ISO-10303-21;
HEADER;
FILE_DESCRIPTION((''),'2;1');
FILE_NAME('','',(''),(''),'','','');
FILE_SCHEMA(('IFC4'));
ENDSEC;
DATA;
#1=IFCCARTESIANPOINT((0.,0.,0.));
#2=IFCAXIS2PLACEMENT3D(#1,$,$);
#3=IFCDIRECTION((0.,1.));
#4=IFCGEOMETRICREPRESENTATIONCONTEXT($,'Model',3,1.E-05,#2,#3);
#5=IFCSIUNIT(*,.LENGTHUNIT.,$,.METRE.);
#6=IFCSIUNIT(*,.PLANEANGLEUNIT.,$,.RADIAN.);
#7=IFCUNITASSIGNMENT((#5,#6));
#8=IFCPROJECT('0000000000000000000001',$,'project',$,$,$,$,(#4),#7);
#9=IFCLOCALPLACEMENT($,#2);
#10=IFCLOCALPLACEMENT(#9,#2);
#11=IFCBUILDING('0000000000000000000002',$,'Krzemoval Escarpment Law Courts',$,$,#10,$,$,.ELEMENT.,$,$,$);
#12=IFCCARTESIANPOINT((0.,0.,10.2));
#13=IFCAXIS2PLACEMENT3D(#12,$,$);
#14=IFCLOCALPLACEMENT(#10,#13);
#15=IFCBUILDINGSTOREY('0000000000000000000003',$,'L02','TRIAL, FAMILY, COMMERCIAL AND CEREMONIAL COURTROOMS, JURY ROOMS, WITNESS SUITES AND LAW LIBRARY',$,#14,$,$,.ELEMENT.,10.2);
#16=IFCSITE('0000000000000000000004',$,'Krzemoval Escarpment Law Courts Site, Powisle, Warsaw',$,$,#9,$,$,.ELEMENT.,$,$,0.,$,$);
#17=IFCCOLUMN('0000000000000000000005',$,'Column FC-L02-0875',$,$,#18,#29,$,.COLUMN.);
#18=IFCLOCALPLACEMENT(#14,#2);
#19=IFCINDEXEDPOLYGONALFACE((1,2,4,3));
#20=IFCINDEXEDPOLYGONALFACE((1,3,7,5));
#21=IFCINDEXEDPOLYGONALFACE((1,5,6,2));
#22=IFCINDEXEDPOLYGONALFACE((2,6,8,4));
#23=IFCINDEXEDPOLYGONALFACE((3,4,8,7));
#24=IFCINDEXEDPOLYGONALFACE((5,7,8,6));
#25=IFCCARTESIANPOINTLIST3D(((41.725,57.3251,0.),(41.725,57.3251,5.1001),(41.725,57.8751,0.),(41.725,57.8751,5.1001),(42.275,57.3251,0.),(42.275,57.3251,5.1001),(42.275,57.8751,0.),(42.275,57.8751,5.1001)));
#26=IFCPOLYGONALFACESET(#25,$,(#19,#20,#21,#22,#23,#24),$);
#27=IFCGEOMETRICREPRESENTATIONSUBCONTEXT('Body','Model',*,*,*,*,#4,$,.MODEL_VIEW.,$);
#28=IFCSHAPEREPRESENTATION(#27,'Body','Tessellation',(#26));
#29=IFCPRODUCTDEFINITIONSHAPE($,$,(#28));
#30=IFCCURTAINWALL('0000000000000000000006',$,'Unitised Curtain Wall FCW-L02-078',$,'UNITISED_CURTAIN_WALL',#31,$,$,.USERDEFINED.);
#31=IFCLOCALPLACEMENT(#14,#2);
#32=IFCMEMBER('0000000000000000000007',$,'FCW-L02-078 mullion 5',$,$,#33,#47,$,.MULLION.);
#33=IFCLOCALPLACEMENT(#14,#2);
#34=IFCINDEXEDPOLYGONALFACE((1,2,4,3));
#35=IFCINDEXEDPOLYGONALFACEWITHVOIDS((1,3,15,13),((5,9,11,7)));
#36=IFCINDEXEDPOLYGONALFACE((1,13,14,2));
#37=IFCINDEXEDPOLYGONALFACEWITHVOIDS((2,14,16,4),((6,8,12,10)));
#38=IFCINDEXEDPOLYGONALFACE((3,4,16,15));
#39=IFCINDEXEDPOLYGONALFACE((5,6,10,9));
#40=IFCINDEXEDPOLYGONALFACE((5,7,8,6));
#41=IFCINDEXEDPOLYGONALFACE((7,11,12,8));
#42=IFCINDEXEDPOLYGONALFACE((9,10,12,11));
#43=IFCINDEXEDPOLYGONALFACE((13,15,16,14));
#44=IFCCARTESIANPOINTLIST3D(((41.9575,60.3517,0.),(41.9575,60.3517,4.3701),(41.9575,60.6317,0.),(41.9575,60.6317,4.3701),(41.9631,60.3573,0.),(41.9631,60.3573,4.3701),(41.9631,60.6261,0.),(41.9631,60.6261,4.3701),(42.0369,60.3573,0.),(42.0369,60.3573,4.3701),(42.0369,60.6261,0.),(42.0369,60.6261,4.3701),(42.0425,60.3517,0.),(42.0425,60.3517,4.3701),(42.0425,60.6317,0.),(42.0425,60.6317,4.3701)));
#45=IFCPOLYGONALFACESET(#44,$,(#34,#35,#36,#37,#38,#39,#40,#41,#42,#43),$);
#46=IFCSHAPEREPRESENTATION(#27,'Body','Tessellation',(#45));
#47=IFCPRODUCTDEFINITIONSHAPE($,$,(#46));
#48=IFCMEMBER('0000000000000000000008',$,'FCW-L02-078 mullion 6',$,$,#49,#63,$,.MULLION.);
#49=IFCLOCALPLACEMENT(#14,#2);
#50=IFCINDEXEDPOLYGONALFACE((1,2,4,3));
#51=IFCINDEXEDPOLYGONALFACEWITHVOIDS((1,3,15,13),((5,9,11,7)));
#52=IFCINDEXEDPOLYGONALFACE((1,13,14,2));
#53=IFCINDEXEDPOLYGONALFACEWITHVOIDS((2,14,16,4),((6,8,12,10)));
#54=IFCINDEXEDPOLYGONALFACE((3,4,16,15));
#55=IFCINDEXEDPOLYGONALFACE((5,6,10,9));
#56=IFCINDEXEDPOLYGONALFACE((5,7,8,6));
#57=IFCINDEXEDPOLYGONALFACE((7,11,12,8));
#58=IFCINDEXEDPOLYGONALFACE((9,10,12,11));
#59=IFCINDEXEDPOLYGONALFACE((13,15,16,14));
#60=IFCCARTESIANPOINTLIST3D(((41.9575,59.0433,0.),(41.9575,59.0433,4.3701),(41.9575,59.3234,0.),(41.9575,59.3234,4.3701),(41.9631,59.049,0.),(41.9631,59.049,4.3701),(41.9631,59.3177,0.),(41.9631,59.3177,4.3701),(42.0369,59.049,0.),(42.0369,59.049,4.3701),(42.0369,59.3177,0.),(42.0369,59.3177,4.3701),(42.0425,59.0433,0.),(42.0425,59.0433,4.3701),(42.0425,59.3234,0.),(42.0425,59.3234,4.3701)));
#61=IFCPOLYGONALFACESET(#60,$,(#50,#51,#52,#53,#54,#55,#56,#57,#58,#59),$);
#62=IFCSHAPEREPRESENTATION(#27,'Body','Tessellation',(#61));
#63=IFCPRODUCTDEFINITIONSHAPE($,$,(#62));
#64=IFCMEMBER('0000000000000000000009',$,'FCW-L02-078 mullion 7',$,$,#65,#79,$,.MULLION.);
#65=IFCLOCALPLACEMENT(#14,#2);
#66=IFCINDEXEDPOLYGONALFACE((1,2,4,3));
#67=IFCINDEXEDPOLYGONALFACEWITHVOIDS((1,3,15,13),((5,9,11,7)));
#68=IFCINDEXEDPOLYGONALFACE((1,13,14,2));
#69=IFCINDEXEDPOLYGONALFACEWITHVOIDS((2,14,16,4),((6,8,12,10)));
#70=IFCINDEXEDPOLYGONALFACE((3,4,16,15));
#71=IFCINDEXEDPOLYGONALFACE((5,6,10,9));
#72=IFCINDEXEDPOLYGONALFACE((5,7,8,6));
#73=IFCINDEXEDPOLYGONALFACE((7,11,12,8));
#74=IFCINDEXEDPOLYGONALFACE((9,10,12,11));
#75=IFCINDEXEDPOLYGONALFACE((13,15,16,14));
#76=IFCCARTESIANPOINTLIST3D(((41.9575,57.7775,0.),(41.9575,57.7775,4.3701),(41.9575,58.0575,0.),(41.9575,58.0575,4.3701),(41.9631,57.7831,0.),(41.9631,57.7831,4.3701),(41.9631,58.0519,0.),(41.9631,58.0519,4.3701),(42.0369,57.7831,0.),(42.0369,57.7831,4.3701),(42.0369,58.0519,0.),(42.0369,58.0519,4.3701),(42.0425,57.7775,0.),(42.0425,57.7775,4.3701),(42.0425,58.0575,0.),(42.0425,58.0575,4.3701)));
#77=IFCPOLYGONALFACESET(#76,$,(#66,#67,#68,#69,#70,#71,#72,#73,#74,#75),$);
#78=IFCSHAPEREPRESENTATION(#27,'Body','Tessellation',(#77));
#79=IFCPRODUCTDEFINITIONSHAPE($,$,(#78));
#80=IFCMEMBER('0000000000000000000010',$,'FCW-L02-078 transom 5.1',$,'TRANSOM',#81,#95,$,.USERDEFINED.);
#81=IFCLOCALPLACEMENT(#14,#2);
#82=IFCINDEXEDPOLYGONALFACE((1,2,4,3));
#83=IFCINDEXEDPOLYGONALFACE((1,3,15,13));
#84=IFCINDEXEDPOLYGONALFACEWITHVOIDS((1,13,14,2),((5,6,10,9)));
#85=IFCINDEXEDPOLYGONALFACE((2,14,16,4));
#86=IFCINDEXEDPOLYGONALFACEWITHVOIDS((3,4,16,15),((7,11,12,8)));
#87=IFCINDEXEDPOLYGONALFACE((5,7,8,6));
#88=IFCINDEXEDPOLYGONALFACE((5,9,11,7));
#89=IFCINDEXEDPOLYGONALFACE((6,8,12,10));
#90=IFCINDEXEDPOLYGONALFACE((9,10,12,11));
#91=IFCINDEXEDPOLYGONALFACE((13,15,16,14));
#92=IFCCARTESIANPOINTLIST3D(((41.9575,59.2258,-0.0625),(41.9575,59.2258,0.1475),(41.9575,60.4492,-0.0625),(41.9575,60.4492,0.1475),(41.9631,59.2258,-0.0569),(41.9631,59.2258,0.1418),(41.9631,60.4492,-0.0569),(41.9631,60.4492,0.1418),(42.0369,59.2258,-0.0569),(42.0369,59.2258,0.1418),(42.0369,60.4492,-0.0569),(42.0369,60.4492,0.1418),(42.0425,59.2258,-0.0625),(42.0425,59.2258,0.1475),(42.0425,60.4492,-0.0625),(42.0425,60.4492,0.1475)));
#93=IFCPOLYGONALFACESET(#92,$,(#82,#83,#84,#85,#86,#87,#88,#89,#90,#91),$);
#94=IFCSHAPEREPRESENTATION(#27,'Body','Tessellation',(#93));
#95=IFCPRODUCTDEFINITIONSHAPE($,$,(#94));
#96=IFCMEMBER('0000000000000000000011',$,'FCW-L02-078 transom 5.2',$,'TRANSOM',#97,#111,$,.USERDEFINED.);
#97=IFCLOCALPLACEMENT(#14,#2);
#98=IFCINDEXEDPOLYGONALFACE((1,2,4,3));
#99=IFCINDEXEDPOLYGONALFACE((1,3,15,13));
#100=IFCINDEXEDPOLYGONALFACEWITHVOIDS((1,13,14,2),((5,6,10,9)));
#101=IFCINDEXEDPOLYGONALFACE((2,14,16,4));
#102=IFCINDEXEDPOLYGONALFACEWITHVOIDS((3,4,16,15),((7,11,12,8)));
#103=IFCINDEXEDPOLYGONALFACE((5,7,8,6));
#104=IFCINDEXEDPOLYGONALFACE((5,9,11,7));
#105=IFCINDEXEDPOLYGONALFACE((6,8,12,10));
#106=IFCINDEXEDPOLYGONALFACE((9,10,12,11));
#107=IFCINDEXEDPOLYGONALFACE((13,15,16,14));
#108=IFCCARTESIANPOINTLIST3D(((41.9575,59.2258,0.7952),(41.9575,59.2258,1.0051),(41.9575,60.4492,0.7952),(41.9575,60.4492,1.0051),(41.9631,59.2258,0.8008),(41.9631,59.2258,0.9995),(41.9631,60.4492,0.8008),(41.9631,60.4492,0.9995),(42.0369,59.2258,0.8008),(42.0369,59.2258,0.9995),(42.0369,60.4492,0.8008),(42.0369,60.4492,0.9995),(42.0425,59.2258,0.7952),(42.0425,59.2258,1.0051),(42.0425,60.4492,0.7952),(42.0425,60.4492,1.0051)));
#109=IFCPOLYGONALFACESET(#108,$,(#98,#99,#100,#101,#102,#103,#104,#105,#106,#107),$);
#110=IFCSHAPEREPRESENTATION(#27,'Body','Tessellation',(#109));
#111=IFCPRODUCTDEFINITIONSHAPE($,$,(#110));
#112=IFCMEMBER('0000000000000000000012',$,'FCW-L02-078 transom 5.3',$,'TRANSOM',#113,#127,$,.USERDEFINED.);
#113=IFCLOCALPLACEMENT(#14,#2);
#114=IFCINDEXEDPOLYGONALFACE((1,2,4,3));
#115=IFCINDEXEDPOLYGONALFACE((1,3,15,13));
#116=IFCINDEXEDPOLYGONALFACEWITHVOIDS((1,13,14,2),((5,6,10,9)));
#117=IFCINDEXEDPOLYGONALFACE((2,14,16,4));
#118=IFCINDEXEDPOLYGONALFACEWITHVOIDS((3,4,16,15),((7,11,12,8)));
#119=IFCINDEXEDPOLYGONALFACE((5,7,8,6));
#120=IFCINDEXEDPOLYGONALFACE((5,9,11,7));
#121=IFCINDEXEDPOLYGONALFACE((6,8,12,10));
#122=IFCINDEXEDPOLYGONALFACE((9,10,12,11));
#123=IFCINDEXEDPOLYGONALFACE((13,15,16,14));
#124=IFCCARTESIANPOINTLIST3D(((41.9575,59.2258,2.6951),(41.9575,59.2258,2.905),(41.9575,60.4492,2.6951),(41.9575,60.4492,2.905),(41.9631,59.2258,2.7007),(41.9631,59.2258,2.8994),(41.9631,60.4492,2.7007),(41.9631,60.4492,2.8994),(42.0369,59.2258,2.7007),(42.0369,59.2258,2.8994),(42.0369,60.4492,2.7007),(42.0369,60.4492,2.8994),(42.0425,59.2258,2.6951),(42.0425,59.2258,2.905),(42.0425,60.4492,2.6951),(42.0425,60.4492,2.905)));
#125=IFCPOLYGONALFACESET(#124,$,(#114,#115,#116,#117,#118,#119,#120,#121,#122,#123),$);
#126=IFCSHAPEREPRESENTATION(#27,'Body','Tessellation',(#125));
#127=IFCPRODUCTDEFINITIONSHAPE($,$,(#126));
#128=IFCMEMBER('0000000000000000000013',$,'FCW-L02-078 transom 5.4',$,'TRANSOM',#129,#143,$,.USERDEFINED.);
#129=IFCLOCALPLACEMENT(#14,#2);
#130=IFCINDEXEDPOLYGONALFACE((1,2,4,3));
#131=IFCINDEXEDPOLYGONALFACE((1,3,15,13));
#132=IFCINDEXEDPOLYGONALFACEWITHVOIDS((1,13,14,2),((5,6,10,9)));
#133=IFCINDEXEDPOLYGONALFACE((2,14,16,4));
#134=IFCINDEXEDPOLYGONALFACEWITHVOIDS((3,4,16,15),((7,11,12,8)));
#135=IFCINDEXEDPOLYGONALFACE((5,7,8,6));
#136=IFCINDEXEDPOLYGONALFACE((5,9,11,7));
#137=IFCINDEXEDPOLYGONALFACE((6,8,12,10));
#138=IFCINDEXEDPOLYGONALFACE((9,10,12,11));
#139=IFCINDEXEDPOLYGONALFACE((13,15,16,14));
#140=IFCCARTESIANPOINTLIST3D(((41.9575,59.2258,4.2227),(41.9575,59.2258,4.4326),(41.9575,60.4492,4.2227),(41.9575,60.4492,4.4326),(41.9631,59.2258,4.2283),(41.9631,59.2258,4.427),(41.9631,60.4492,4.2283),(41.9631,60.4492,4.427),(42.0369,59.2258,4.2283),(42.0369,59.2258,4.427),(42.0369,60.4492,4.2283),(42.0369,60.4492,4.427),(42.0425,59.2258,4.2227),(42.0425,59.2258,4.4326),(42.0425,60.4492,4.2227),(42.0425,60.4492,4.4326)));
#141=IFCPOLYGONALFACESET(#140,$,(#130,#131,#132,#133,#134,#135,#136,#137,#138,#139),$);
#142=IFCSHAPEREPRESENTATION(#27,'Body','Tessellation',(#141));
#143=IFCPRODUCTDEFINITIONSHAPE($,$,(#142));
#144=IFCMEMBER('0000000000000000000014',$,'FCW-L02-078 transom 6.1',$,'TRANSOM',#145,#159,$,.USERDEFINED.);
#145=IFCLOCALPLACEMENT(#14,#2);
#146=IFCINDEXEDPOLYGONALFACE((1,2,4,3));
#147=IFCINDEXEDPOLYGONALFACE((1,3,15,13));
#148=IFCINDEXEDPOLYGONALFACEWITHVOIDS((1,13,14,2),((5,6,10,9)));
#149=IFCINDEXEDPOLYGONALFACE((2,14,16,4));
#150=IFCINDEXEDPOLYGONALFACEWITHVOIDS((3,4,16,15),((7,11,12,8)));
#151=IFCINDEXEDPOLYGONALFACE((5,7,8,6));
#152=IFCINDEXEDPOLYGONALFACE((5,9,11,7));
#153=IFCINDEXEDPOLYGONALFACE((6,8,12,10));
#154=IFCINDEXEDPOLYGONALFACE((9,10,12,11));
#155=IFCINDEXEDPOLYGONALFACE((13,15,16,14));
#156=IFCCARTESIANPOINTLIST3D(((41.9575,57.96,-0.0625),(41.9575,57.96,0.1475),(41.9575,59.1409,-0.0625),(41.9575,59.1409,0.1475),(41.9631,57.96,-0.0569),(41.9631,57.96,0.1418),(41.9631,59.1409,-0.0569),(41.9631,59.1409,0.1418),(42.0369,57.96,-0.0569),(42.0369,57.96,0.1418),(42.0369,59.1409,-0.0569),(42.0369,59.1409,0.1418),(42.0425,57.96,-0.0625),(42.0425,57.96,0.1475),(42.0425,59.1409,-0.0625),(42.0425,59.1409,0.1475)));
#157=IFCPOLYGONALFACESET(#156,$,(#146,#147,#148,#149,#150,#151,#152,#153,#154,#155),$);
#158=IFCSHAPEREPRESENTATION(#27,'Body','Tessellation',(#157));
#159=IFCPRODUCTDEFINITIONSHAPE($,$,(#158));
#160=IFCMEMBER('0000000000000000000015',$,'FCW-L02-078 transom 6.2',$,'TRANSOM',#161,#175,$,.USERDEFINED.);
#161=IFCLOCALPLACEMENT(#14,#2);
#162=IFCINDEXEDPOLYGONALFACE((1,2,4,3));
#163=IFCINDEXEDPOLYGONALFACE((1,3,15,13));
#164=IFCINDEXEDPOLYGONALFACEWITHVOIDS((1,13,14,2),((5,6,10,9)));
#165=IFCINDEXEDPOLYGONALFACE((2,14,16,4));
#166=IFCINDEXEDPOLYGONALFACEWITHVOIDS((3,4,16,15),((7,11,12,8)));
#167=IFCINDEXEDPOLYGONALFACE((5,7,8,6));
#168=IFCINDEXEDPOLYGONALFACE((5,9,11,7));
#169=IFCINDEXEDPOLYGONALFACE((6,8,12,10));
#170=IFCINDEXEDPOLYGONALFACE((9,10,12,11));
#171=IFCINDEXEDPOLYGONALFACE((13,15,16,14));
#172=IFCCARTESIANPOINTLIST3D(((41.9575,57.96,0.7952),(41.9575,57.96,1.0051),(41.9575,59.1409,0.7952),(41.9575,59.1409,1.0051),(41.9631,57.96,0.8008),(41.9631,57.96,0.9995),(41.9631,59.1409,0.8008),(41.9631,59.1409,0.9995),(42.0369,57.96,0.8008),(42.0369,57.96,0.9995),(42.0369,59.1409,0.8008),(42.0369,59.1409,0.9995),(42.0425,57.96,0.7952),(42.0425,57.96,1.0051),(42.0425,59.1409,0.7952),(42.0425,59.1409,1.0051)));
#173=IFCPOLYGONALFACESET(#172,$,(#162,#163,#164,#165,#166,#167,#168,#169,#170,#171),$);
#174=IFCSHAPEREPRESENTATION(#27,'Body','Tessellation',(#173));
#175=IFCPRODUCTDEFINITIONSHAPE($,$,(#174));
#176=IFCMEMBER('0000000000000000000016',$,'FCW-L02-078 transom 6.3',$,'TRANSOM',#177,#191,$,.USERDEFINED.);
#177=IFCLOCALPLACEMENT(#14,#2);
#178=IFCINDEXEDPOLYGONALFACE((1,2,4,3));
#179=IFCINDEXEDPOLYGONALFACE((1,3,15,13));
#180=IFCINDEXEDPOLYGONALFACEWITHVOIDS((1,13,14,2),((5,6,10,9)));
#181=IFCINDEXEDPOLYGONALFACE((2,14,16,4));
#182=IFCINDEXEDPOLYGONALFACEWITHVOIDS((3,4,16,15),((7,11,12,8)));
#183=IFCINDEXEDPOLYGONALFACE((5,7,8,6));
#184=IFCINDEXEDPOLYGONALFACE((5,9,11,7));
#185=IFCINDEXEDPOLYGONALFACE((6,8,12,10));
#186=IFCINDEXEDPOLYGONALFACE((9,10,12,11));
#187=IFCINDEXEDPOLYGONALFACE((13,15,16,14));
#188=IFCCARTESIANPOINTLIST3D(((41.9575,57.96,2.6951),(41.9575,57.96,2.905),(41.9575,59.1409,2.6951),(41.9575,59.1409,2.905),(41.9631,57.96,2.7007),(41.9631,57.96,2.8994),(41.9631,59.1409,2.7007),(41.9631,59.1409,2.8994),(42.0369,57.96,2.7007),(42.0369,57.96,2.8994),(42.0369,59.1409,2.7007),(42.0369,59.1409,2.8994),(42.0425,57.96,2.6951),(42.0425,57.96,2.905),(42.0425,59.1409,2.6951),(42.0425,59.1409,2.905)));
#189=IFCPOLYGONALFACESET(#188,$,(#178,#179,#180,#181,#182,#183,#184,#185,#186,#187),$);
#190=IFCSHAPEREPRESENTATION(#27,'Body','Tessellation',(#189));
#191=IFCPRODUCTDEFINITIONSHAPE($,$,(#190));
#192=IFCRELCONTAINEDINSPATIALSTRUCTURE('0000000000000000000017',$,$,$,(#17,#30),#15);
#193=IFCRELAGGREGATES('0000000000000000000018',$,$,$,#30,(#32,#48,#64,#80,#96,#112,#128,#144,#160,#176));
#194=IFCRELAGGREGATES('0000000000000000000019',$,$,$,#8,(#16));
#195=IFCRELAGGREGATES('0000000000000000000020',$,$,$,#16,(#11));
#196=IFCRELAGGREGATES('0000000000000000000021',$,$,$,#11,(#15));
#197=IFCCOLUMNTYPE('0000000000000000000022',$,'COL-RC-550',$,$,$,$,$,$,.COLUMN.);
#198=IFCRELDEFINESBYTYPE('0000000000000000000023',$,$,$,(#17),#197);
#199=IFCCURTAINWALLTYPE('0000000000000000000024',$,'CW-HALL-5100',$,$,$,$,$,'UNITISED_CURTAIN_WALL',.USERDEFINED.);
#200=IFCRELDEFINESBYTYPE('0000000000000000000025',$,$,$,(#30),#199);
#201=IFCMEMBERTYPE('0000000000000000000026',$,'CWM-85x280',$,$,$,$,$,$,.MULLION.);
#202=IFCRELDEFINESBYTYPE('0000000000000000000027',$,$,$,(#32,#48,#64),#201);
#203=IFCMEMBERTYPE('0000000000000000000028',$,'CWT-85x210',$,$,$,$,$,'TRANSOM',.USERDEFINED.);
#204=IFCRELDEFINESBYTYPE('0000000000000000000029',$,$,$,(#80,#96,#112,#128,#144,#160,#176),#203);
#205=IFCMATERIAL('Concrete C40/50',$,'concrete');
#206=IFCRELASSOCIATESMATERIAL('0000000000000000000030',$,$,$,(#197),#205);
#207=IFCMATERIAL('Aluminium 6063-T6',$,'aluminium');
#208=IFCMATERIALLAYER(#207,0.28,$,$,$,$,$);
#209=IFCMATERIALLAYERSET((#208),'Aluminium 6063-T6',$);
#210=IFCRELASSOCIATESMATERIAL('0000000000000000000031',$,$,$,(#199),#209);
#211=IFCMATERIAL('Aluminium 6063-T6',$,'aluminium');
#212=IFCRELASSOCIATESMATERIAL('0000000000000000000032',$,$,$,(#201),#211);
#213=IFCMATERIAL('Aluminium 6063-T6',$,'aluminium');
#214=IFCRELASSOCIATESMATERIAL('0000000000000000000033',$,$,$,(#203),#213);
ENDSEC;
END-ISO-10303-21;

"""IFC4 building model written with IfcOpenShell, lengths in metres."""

from ifc_helpers import new_model, si_unit, direction, frame, origin, origin_2d, place, context, subcontext, project, spatial, rectangle, hollow_rectangle, extrude, material, layer, layer_set, material_profile, profile_set, type_object, element, aggregate, save


model = new_model("IFC4")

# Units and contexts
model_context = context("Model", 3, precision=1e-05, world=origin(), true_north=direction((0.0, 1.0)))
body_context = subcontext(model_context, "Body", "Model", "MODEL_VIEW")
ifc_project = project(units=[si_unit("LENGTHUNIT", "METRE"), si_unit("PLANEANGLEUNIT", "RADIAN")], contexts=[model_context])

# Site, building, storey
site_placement = place(None, origin())
site = spatial("IfcSite", under=ifc_project, at=site_placement, Name="Krzemoval Escarpment Law Courts Site, Powisle, Warsaw", CompositionType="ELEMENT", RefElevation=0.0)
building_placement = place(site_placement, origin())
building = spatial("IfcBuilding", under=site, at=building_placement, Name="Krzemoval Escarpment Law Courts", CompositionType="ELEMENT")
storey_placement = place(building_placement, frame((0.0, 0.0, 10.2)))
storey = spatial("IfcBuildingStorey", under=building, at=storey_placement, Name="L02", Description="TRIAL, FAMILY, COMMERCIAL AND CEREMONIAL COURTROOMS, JURY ROOMS, WITNESS SUITES AND LAW LIBRARY", CompositionType="ELEMENT", Elevation=10.2)

# Column
ifc_material_1 = material(Name="Concrete C40/50", Category="concrete")
ifc_material_profile_1 = material_profile(ifc_material_1, rectangle(XDim=0.55, YDim=0.55, at=origin_2d()), Name="RC 550x550")
ifc_profile_set_1 = profile_set([ifc_material_profile_1], Name="Concrete C40/50")
column_type = type_object("IfcColumnType", Name="COL-RC-550", PredefinedType="COLUMN", material=ifc_profile_set_1)
column_placement = place(storey_placement, frame((42.0, 57.6001, 0.0), z_axis=(0.0, 0.0, 1.0), x_axis=(1.0, 0.0, 0.0)))
element("IfcColumn", 1, at=column_placement, inside=storey, type_object=column_type, Name="Column FC-L02-0875", PredefinedType="COLUMN", context=body_context, shape_type="SweptSolid", body=[
    extrude(rectangle(XDim=0.55, YDim=0.55, at=origin_2d()), origin(), (0.0, 0.0, 1.0), 5.1001),
])

# Curtain wall, members
ifc_material_2 = material(Name="Aluminium 6063-T6", Category="aluminium")
ifc_layer_1 = layer(ifc_material_2, 0.28)
ifc_layer_set_1 = layer_set([ifc_layer_1], Name="Aluminium 6063-T6")
curtain_wall_type = type_object("IfcCurtainWallType", Name="CW-HALL-5100", ElementType="UNITISED_CURTAIN_WALL", PredefinedType="USERDEFINED", material=ifc_layer_set_1)
curtain_wall_placement = place(storey_placement, origin())
curtain_wall = element("IfcCurtainWall", 2, at=curtain_wall_placement, inside=storey, type_object=curtain_wall_type, Name="Unitised Curtain Wall FCW-L02-078", ObjectType="UNITISED_CURTAIN_WALL", PredefinedType="USERDEFINED")
ifc_material_3 = material(Name="Aluminium 6063-T6", Category="aluminium")
ifc_material_profile_2 = material_profile(ifc_material_3, hollow_rectangle(XDim=0.085, YDim=0.28, WallThickness=0.0056, at=origin_2d()), Name="ALU M85x280")
ifc_profile_set_2 = profile_set([ifc_material_profile_2], Name="Aluminium 6063-T6")
member_type_1 = type_object("IfcMemberType", Name="CWM-85x280", PredefinedType="MULLION", material=ifc_profile_set_2)
member_1_placement = place(storey_placement, frame((42.0, 60.4917, 0.0), z_axis=(0.0, 0.0, 1.0), x_axis=(1.0, 0.0, 0.0)))
member_1 = element("IfcMember", 3, at=member_1_placement, type_object=member_type_1, Name="FCW-L02-078 mullion 5", PredefinedType="MULLION", context=body_context, shape_type="SweptSolid", body=[
    extrude(hollow_rectangle(XDim=0.085, YDim=0.28, WallThickness=0.0056, at=origin_2d()), origin(), (0.0, 0.0, 1.0), 4.3701),
])
member_2_placement = place(storey_placement, frame((42.0, 59.1833, 0.0), z_axis=(0.0, 0.0, 1.0), x_axis=(1.0, 0.0, 0.0)))
member_2 = element("IfcMember", 4, at=member_2_placement, type_object=member_type_1, Name="FCW-L02-078 mullion 6", PredefinedType="MULLION", context=body_context, shape_type="SweptSolid", body=[
    extrude(hollow_rectangle(XDim=0.085, YDim=0.28, WallThickness=0.0056, at=origin_2d()), origin(), (0.0, 0.0, 1.0), 4.3701),
])
member_3_placement = place(storey_placement, frame((42.0, 57.9175, 0.0), z_axis=(0.0, 0.0, 1.0), x_axis=(1.0, 0.0, 0.0)))
member_3 = element("IfcMember", 5, at=member_3_placement, type_object=member_type_1, Name="FCW-L02-078 mullion 7", PredefinedType="MULLION", context=body_context, shape_type="SweptSolid", body=[
    extrude(hollow_rectangle(XDim=0.085, YDim=0.28, WallThickness=0.0056, at=origin_2d()), origin(), (0.0, 0.0, 1.0), 4.3701),
])
ifc_material_4 = material(Name="Aluminium 6063-T6", Category="aluminium")
ifc_material_profile_3 = material_profile(ifc_material_4, hollow_rectangle(XDim=0.085, YDim=0.21, WallThickness=0.0056, at=origin_2d()), Name="ALU T85x210")
ifc_profile_set_3 = profile_set([ifc_material_profile_3], Name="Aluminium 6063-T6")
member_type_2 = type_object("IfcMemberType", Name="CWT-85x210", ElementType="TRANSOM", PredefinedType="USERDEFINED", material=ifc_profile_set_3)
member_4_placement = place(storey_placement, frame((42.0, 60.4492, 0.0425), z_axis=(0.0, -1.0, 0.0), x_axis=(1.0, 0.0, 0.0)))
member_4 = element("IfcMember", 6, at=member_4_placement, type_object=member_type_2, Name="FCW-L02-078 transom 5.1", ObjectType="TRANSOM", PredefinedType="USERDEFINED", context=body_context, shape_type="SweptSolid", body=[
    extrude(hollow_rectangle(XDim=0.085, YDim=0.21, WallThickness=0.0056, at=origin_2d()), origin(), (0.0, 0.0, 1.0), 1.2234),
])
member_5_placement = place(storey_placement, frame((42.0, 60.4492, 0.9001), z_axis=(0.0, -1.0, 0.0), x_axis=(1.0, 0.0, 0.0)))
member_5 = element("IfcMember", 7, at=member_5_placement, type_object=member_type_2, Name="FCW-L02-078 transom 5.2", ObjectType="TRANSOM", PredefinedType="USERDEFINED", context=body_context, shape_type="SweptSolid", body=[
    extrude(hollow_rectangle(XDim=0.085, YDim=0.21, WallThickness=0.0056, at=origin_2d()), origin(), (0.0, 0.0, 1.0), 1.2234),
])
member_6_placement = place(storey_placement, frame((42.0, 60.4492, 2.8), z_axis=(0.0, -1.0, 0.0), x_axis=(1.0, 0.0, 0.0)))
member_6 = element("IfcMember", 8, at=member_6_placement, type_object=member_type_2, Name="FCW-L02-078 transom 5.3", ObjectType="TRANSOM", PredefinedType="USERDEFINED", context=body_context, shape_type="SweptSolid", body=[
    extrude(hollow_rectangle(XDim=0.085, YDim=0.21, WallThickness=0.0056, at=origin_2d()), origin(), (0.0, 0.0, 1.0), 1.2234),
])
member_7_placement = place(storey_placement, frame((42.0, 60.4492, 4.3276), z_axis=(0.0, -1.0, 0.0), x_axis=(1.0, 0.0, 0.0)))
member_7 = element("IfcMember", 9, at=member_7_placement, type_object=member_type_2, Name="FCW-L02-078 transom 5.4", ObjectType="TRANSOM", PredefinedType="USERDEFINED", context=body_context, shape_type="SweptSolid", body=[
    extrude(hollow_rectangle(XDim=0.085, YDim=0.21, WallThickness=0.0056, at=origin_2d()), origin(), (0.0, 0.0, 1.0), 1.2234),
])
member_8_placement = place(storey_placement, frame((42.0, 59.1409, 0.0425), z_axis=(0.0, -1.0, 0.0), x_axis=(1.0, 0.0, 0.0)))
member_8 = element("IfcMember", 10, at=member_8_placement, type_object=member_type_2, Name="FCW-L02-078 transom 6.1", ObjectType="TRANSOM", PredefinedType="USERDEFINED", context=body_context, shape_type="SweptSolid", body=[
    extrude(hollow_rectangle(XDim=0.085, YDim=0.21, WallThickness=0.0056, at=origin_2d()), origin(), (0.0, 0.0, 1.0), 1.1809),
])
member_9_placement = place(storey_placement, frame((42.0, 59.1409, 0.9001), z_axis=(0.0, -1.0, 0.0), x_axis=(1.0, 0.0, 0.0)))
member_9 = element("IfcMember", 11, at=member_9_placement, type_object=member_type_2, Name="FCW-L02-078 transom 6.2", ObjectType="TRANSOM", PredefinedType="USERDEFINED", context=body_context, shape_type="SweptSolid", body=[
    extrude(hollow_rectangle(XDim=0.085, YDim=0.21, WallThickness=0.0056, at=origin_2d()), origin(), (0.0, 0.0, 1.0), 1.1809),
])
member_10_placement = place(storey_placement, frame((42.0, 59.1409, 2.8), z_axis=(0.0, -1.0, 0.0), x_axis=(1.0, 0.0, 0.0)))
member_10 = element("IfcMember", 12, at=member_10_placement, type_object=member_type_2, Name="FCW-L02-078 transom 6.3", ObjectType="TRANSOM", PredefinedType="USERDEFINED", context=body_context, shape_type="SweptSolid", body=[
    extrude(hollow_rectangle(XDim=0.085, YDim=0.21, WallThickness=0.0056, at=origin_2d()), origin(), (0.0, 0.0, 1.0), 1.1809),
])

aggregate(curtain_wall, [member_1, member_2, member_3, member_4, member_5, member_6, member_7, member_8, member_9, member_10])

save(model, "model.ifc")
